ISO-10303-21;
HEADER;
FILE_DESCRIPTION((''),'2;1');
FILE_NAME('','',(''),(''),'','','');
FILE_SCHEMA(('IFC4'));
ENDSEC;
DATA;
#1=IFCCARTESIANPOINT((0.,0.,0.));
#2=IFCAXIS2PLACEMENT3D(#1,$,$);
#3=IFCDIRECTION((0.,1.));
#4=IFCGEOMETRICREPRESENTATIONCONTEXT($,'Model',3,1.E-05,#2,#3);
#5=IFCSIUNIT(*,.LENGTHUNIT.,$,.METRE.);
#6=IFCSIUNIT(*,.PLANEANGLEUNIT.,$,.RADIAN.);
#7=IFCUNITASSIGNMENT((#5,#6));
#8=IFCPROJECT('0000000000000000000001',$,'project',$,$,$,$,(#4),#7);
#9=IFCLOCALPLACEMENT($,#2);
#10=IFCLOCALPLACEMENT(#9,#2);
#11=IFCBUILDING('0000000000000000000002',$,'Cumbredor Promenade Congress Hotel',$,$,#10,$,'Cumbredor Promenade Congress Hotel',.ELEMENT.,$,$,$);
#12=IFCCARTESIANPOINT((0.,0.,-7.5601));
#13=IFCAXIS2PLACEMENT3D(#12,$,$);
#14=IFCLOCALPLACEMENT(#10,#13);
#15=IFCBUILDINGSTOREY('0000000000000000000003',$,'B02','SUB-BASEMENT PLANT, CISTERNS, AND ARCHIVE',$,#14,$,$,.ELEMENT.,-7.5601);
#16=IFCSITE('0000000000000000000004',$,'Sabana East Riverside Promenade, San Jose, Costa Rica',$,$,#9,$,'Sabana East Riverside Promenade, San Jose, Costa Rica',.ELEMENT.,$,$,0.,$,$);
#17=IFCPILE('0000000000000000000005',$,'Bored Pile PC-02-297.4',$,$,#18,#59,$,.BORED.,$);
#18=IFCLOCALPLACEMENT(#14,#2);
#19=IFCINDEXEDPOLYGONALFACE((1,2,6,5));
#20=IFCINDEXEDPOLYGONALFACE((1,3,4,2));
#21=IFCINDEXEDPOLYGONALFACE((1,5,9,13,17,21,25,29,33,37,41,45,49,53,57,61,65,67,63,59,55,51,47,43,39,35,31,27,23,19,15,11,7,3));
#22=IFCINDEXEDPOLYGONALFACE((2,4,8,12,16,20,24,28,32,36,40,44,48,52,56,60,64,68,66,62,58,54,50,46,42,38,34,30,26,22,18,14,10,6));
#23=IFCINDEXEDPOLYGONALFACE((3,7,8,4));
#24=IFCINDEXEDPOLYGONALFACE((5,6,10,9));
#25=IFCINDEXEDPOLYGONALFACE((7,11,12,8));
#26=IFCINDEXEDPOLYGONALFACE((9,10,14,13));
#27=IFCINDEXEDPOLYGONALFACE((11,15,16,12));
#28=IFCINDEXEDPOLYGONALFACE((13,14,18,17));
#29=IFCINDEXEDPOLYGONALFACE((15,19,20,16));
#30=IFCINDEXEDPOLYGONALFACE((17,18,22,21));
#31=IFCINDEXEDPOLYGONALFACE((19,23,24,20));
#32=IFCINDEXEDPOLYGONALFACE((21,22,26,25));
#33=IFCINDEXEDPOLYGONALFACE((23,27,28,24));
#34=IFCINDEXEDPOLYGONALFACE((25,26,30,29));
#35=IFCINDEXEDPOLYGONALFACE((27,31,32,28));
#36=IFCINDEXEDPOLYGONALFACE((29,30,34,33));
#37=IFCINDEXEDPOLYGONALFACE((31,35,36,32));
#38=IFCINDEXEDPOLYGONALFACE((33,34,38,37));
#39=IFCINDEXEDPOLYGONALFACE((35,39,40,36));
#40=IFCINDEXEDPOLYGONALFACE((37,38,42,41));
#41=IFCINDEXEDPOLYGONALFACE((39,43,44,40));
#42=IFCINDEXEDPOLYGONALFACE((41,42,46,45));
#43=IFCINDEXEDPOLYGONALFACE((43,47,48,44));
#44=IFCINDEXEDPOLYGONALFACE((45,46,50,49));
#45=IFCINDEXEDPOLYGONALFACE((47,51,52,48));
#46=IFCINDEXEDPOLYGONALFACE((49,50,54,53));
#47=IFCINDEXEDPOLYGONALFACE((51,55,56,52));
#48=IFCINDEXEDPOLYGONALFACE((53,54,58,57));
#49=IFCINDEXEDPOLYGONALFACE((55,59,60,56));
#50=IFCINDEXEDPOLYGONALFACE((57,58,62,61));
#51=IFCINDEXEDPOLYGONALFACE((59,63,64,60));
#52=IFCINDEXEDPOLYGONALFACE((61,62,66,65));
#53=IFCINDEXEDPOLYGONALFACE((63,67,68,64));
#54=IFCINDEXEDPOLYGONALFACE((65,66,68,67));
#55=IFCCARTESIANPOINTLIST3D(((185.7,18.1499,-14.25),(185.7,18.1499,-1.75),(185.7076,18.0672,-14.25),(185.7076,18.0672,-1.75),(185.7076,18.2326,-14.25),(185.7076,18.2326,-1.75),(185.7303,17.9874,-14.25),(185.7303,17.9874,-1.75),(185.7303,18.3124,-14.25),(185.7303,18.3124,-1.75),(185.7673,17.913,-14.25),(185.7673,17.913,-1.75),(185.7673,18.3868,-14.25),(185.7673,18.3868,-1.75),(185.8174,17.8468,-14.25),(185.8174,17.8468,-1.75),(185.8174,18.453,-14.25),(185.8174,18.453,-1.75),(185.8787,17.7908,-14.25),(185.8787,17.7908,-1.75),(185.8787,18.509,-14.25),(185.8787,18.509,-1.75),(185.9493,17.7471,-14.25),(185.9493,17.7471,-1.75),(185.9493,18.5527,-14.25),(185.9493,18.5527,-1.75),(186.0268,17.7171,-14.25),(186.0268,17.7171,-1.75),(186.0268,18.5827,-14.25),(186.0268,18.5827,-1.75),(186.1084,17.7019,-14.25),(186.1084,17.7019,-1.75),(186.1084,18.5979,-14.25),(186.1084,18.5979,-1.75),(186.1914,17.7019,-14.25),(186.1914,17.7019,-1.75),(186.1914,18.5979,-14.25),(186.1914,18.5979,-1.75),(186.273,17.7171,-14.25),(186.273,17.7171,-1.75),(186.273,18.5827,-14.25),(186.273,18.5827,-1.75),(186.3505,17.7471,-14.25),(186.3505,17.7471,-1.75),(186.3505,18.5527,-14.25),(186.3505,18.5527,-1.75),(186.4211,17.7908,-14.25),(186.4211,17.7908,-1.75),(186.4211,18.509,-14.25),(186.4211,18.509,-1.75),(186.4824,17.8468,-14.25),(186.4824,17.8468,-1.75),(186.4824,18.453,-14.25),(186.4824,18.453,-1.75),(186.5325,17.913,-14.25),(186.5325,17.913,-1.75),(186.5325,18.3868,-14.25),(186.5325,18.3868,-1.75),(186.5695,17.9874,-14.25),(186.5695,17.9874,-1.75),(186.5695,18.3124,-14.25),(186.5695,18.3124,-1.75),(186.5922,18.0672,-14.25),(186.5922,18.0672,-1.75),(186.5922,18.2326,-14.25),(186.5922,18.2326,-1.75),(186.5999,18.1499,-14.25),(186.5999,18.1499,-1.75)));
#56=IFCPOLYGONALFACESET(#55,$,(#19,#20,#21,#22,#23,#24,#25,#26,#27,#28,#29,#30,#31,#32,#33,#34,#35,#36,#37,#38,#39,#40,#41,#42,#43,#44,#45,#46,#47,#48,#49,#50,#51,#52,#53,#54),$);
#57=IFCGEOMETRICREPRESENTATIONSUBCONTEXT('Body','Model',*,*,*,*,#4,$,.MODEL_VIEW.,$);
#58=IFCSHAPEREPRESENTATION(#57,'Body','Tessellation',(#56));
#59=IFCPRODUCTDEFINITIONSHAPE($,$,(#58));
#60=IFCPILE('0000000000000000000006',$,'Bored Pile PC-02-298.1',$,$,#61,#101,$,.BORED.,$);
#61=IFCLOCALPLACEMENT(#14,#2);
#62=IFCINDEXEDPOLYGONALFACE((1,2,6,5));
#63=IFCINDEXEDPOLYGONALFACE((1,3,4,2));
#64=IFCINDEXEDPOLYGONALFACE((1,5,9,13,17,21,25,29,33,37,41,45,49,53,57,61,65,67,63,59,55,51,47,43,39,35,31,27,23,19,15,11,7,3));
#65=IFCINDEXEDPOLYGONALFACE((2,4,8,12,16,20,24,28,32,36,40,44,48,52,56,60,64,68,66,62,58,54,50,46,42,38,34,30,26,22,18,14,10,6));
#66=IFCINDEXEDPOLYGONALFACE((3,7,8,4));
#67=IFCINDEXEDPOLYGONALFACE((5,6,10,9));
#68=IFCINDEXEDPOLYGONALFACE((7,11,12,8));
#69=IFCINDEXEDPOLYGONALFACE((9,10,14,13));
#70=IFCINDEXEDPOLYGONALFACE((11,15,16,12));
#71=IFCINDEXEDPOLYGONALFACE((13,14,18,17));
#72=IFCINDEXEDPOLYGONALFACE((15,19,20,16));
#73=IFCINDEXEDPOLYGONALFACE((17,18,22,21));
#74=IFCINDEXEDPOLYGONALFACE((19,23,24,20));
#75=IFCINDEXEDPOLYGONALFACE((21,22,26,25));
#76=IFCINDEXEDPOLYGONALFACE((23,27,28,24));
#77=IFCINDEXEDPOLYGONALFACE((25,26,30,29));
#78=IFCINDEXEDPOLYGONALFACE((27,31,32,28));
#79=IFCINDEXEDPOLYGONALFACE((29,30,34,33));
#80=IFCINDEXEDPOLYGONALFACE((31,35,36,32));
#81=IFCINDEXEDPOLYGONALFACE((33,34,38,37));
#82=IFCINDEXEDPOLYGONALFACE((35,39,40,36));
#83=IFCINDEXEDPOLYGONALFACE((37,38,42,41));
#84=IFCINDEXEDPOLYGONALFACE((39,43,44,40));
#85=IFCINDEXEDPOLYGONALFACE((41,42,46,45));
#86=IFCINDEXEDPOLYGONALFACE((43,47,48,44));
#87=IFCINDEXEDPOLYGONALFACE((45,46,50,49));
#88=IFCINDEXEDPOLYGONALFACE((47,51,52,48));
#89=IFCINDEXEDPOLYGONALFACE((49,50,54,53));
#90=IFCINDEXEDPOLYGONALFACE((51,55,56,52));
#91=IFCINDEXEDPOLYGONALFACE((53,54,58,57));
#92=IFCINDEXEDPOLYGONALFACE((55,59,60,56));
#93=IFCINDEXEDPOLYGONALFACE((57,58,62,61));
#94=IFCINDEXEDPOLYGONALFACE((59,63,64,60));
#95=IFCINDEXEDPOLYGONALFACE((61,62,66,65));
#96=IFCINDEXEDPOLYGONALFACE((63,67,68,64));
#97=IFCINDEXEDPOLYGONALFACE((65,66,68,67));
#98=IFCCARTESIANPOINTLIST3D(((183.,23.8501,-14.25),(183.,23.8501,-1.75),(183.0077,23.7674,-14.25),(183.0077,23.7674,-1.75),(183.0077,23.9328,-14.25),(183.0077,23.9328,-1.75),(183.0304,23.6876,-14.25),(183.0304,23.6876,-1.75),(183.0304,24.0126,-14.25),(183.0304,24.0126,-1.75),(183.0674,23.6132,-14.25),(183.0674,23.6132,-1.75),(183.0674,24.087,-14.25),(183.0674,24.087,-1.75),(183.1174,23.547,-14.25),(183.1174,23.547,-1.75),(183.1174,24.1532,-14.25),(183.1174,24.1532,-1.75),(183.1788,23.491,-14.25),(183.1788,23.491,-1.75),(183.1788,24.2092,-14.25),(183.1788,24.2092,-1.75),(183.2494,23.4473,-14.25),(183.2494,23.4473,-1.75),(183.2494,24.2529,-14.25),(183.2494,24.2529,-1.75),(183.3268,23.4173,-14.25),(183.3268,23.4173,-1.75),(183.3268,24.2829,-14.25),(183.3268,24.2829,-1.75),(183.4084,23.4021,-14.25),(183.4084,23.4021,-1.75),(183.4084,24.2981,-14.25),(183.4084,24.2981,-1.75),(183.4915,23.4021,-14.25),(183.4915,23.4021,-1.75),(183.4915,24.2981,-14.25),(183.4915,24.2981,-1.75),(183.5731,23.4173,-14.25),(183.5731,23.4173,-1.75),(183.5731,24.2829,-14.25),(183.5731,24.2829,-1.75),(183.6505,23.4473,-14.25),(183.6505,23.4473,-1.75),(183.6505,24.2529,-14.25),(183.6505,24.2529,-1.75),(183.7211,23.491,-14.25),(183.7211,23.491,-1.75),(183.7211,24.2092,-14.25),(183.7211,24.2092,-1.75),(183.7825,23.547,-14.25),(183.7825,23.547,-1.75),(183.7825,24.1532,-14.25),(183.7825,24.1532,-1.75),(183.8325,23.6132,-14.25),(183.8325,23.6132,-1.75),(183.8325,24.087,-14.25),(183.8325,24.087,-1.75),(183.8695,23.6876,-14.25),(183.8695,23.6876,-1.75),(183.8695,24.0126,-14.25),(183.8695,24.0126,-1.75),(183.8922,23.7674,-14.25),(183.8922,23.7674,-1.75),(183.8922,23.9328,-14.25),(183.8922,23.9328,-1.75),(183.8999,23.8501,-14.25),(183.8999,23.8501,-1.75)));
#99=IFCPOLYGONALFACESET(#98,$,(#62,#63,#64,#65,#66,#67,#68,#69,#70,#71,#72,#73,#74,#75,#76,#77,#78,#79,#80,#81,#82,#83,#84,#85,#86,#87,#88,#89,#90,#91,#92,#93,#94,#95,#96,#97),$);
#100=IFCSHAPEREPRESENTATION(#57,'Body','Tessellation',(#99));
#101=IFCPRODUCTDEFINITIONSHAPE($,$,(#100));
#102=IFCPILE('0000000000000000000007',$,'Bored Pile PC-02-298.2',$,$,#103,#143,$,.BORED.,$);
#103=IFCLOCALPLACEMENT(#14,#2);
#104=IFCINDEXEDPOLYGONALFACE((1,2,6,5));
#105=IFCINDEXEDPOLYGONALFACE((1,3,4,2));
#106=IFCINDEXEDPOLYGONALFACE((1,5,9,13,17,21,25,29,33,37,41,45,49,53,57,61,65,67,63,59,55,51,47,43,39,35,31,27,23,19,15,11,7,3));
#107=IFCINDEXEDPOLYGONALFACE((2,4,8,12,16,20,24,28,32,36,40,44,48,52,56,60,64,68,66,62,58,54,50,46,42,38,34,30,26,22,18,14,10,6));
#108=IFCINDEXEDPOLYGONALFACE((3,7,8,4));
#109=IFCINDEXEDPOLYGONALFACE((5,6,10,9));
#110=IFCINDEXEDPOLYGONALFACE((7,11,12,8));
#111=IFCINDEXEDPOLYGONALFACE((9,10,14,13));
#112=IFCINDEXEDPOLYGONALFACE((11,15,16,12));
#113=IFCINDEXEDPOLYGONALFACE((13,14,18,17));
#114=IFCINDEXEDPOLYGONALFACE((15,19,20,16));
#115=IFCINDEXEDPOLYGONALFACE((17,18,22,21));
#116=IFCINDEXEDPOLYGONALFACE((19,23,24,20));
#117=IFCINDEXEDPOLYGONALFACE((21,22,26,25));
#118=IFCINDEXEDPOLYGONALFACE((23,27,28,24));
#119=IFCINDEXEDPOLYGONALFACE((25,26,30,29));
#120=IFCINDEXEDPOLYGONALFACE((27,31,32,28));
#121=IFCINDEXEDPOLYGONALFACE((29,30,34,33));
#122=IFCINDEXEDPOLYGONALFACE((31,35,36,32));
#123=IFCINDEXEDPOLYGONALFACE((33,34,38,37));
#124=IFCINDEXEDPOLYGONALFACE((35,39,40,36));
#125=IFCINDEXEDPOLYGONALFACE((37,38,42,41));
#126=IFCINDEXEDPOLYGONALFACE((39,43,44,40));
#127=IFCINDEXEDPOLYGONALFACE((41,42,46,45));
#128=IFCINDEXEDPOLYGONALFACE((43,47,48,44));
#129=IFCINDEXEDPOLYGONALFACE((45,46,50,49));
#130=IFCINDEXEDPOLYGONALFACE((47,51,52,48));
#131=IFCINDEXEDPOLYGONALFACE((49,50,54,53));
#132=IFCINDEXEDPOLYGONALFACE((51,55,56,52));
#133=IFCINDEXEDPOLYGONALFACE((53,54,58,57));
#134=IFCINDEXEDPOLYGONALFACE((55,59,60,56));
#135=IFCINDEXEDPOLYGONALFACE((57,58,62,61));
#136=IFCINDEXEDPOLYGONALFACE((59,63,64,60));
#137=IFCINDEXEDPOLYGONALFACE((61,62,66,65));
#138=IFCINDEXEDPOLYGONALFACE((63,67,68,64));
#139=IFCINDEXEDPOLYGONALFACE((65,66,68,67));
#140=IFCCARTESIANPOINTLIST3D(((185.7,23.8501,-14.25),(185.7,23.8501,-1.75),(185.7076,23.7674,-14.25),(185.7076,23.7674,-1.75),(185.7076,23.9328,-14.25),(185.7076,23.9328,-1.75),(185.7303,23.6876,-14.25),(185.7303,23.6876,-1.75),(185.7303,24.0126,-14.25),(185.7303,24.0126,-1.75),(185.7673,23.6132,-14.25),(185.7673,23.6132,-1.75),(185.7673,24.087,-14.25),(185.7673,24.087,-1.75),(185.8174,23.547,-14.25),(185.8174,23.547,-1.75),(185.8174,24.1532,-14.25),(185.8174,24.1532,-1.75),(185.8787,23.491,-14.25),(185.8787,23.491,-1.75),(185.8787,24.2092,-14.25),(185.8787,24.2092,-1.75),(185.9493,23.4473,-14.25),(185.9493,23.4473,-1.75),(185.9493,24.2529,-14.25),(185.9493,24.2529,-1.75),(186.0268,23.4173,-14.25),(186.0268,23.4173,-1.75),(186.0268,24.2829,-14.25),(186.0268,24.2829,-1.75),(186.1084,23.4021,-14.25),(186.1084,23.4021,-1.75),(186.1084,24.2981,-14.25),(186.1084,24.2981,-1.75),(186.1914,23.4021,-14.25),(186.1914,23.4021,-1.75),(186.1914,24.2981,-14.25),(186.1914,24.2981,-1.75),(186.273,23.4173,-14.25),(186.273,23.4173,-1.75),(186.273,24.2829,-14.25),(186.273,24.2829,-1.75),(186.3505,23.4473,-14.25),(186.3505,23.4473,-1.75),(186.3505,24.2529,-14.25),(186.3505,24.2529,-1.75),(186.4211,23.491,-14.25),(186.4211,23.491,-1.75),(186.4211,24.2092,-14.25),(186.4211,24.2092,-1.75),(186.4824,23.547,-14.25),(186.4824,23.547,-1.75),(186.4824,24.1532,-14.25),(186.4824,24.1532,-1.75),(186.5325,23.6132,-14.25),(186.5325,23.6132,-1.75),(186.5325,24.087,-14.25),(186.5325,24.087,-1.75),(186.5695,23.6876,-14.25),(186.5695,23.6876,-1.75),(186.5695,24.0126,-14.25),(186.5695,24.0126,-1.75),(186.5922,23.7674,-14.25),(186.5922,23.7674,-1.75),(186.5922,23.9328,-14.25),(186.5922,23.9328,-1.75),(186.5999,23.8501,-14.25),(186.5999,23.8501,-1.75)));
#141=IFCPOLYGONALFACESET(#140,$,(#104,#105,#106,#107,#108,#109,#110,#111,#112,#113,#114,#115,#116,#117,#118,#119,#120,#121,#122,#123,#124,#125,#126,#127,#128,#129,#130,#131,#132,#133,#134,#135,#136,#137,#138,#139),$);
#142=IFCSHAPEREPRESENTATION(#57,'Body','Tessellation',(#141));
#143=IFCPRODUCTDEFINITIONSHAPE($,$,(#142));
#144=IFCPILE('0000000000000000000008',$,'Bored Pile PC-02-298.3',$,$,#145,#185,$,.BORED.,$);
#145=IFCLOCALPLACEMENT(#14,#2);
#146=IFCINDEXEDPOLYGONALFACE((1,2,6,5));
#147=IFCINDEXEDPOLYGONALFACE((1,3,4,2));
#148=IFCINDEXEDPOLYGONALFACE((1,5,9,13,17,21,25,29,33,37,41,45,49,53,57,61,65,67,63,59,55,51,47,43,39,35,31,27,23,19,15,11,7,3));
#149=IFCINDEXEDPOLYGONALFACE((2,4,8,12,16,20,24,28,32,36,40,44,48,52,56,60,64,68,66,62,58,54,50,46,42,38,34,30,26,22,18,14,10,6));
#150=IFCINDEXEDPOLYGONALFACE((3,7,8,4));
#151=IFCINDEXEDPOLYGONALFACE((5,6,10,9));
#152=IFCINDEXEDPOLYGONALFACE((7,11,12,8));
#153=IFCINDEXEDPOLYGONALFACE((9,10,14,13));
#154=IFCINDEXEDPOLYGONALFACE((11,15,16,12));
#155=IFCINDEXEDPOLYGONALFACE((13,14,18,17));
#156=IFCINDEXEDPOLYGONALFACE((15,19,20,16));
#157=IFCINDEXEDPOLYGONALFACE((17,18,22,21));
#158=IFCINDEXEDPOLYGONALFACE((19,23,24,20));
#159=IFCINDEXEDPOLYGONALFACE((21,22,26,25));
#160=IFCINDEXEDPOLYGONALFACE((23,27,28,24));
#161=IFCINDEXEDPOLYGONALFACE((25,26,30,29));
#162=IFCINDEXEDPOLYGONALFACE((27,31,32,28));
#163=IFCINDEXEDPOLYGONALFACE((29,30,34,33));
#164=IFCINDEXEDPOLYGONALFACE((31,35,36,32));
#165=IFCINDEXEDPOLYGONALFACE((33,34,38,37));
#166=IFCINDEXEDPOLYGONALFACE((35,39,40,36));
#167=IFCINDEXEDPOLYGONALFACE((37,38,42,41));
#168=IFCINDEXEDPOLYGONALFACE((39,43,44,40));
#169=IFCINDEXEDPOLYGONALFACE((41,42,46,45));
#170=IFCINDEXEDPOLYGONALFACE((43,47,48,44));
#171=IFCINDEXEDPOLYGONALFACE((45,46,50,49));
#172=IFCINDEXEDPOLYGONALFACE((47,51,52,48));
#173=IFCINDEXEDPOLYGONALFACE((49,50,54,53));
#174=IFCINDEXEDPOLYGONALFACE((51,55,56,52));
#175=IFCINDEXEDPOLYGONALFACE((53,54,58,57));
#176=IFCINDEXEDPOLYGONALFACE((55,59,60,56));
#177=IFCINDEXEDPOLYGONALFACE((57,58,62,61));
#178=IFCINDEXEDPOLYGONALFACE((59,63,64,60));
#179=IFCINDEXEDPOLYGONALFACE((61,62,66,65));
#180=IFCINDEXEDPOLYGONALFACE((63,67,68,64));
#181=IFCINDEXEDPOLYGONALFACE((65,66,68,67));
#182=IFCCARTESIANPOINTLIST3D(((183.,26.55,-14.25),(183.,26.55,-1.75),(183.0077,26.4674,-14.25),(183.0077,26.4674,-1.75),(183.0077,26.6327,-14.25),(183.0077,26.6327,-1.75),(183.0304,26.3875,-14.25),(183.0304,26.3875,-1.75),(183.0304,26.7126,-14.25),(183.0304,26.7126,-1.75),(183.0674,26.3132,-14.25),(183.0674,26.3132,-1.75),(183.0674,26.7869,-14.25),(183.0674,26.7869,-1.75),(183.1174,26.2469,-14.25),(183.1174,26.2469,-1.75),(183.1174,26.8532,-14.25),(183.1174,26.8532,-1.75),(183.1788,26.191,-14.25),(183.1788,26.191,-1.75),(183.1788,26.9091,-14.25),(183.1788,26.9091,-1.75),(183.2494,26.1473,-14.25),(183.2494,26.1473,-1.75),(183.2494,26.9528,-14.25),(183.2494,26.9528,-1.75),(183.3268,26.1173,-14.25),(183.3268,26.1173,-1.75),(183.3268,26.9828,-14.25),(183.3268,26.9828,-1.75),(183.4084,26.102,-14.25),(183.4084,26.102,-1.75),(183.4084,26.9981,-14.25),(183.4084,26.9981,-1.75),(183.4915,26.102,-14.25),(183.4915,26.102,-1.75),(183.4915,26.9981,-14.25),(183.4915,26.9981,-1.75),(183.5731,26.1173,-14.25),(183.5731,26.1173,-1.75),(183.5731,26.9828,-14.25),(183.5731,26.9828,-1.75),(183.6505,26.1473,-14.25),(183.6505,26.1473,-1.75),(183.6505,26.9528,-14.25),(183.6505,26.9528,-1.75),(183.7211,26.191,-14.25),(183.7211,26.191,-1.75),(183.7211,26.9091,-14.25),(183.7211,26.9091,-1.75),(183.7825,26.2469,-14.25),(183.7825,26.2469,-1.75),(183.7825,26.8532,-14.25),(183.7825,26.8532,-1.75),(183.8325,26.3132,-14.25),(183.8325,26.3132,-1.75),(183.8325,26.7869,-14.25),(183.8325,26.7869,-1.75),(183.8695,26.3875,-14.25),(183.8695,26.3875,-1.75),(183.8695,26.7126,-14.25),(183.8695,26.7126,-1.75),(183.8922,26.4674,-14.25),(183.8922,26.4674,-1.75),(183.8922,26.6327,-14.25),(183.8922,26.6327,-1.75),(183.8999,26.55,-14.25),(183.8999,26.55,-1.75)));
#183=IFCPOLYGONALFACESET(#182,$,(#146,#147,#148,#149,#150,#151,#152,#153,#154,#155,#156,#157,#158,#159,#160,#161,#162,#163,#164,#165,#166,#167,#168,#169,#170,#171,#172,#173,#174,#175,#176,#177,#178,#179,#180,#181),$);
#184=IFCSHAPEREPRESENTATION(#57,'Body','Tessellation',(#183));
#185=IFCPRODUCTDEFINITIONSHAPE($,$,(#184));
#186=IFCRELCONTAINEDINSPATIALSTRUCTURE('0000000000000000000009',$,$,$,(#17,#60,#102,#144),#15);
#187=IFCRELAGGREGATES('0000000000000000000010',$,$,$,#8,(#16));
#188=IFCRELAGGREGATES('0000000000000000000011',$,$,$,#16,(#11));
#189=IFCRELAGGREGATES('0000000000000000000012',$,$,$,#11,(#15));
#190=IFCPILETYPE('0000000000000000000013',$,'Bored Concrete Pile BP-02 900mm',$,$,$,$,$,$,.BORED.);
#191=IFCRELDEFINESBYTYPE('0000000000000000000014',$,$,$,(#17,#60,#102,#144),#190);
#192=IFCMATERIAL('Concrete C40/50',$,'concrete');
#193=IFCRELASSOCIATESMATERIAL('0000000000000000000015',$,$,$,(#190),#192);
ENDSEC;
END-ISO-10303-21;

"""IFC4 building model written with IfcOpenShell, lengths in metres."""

from ifc_helpers import new_model, si_unit, direction, frame, origin, origin_2d, place, context, subcontext, project, spatial, circle, extrude, material, material_profile, profile_set, type_object, element, save


model = new_model("IFC4")

# Units and contexts
model_context = context("Model", 3, precision=1e-05, world=origin(), true_north=direction((0.0, 1.0)))
body_context = subcontext(model_context, "Body", "Model", "MODEL_VIEW")
ifc_project = project(units=[si_unit("LENGTHUNIT", "METRE"), si_unit("PLANEANGLEUNIT", "RADIAN")], contexts=[model_context])

# Site, building, storey
site_placement = place(None, origin())
site = spatial("IfcSite", under=ifc_project, at=site_placement, Name="Sabana East Riverside Promenade, San Jose, Costa Rica", LongName="Sabana East Riverside Promenade, San Jose, Costa Rica", CompositionType="ELEMENT", RefElevation=0.0)
building_placement = place(site_placement, origin())
building = spatial("IfcBuilding", under=site, at=building_placement, Name="Cumbredor Promenade Congress Hotel", LongName="Cumbredor Promenade Congress Hotel", CompositionType="ELEMENT")
storey_placement = place(building_placement, frame((0.0, 0.0, -7.5601)))
storey = spatial("IfcBuildingStorey", under=building, at=storey_placement, Name="B02", Description="SUB-BASEMENT PLANT, CISTERNS, AND ARCHIVE", CompositionType="ELEMENT", Elevation=-7.5601)

# Piles
ifc_material_1 = material(Name="Concrete C40/50", Category="concrete")
ifc_material_profile_1 = material_profile(ifc_material_1, circle(Radius=0.45, at=origin_2d()), Name="PILE D900")
ifc_profile_set_1 = profile_set([ifc_material_profile_1], Name="Concrete C40/50")
pile_type = type_object("IfcPileType", Name="Bored Concrete Pile BP-02 900mm", PredefinedType="BORED", material=ifc_profile_set_1)
for number, where, z_axis, x_axis, name in (
    (1, (186.1499, 18.1499, -1.75), (0.0, 0.0, -1.0), (1.0, 0.0, 0.0), "Bored Pile PC-02-297.4"),
    (2, (183.45, 23.8501, -1.75), (0.0, 0.0, -1.0), (1.0, 0.0, 0.0), "Bored Pile PC-02-298.1"),
    (3, (186.1499, 23.8501, -1.75), (0.0, 0.0, -1.0), (1.0, 0.0, 0.0), "Bored Pile PC-02-298.2"),
    (4, (183.45, 26.55, -1.75), (0.0, 0.0, -1.0), (1.0, 0.0, 0.0), "Bored Pile PC-02-298.3"),
):
    element("IfcPile", number, at=place(storey_placement, frame(where, z_axis=z_axis, x_axis=x_axis)), inside=storey, type_object=pile_type, Name=name, PredefinedType="BORED", context=body_context, shape_type="SweptSolid", body=[
        extrude(circle(Radius=0.45, at=origin_2d()), origin(), (0.0, 0.0, 1.0), 12.5),
    ])

save(model, "model.ifc")
